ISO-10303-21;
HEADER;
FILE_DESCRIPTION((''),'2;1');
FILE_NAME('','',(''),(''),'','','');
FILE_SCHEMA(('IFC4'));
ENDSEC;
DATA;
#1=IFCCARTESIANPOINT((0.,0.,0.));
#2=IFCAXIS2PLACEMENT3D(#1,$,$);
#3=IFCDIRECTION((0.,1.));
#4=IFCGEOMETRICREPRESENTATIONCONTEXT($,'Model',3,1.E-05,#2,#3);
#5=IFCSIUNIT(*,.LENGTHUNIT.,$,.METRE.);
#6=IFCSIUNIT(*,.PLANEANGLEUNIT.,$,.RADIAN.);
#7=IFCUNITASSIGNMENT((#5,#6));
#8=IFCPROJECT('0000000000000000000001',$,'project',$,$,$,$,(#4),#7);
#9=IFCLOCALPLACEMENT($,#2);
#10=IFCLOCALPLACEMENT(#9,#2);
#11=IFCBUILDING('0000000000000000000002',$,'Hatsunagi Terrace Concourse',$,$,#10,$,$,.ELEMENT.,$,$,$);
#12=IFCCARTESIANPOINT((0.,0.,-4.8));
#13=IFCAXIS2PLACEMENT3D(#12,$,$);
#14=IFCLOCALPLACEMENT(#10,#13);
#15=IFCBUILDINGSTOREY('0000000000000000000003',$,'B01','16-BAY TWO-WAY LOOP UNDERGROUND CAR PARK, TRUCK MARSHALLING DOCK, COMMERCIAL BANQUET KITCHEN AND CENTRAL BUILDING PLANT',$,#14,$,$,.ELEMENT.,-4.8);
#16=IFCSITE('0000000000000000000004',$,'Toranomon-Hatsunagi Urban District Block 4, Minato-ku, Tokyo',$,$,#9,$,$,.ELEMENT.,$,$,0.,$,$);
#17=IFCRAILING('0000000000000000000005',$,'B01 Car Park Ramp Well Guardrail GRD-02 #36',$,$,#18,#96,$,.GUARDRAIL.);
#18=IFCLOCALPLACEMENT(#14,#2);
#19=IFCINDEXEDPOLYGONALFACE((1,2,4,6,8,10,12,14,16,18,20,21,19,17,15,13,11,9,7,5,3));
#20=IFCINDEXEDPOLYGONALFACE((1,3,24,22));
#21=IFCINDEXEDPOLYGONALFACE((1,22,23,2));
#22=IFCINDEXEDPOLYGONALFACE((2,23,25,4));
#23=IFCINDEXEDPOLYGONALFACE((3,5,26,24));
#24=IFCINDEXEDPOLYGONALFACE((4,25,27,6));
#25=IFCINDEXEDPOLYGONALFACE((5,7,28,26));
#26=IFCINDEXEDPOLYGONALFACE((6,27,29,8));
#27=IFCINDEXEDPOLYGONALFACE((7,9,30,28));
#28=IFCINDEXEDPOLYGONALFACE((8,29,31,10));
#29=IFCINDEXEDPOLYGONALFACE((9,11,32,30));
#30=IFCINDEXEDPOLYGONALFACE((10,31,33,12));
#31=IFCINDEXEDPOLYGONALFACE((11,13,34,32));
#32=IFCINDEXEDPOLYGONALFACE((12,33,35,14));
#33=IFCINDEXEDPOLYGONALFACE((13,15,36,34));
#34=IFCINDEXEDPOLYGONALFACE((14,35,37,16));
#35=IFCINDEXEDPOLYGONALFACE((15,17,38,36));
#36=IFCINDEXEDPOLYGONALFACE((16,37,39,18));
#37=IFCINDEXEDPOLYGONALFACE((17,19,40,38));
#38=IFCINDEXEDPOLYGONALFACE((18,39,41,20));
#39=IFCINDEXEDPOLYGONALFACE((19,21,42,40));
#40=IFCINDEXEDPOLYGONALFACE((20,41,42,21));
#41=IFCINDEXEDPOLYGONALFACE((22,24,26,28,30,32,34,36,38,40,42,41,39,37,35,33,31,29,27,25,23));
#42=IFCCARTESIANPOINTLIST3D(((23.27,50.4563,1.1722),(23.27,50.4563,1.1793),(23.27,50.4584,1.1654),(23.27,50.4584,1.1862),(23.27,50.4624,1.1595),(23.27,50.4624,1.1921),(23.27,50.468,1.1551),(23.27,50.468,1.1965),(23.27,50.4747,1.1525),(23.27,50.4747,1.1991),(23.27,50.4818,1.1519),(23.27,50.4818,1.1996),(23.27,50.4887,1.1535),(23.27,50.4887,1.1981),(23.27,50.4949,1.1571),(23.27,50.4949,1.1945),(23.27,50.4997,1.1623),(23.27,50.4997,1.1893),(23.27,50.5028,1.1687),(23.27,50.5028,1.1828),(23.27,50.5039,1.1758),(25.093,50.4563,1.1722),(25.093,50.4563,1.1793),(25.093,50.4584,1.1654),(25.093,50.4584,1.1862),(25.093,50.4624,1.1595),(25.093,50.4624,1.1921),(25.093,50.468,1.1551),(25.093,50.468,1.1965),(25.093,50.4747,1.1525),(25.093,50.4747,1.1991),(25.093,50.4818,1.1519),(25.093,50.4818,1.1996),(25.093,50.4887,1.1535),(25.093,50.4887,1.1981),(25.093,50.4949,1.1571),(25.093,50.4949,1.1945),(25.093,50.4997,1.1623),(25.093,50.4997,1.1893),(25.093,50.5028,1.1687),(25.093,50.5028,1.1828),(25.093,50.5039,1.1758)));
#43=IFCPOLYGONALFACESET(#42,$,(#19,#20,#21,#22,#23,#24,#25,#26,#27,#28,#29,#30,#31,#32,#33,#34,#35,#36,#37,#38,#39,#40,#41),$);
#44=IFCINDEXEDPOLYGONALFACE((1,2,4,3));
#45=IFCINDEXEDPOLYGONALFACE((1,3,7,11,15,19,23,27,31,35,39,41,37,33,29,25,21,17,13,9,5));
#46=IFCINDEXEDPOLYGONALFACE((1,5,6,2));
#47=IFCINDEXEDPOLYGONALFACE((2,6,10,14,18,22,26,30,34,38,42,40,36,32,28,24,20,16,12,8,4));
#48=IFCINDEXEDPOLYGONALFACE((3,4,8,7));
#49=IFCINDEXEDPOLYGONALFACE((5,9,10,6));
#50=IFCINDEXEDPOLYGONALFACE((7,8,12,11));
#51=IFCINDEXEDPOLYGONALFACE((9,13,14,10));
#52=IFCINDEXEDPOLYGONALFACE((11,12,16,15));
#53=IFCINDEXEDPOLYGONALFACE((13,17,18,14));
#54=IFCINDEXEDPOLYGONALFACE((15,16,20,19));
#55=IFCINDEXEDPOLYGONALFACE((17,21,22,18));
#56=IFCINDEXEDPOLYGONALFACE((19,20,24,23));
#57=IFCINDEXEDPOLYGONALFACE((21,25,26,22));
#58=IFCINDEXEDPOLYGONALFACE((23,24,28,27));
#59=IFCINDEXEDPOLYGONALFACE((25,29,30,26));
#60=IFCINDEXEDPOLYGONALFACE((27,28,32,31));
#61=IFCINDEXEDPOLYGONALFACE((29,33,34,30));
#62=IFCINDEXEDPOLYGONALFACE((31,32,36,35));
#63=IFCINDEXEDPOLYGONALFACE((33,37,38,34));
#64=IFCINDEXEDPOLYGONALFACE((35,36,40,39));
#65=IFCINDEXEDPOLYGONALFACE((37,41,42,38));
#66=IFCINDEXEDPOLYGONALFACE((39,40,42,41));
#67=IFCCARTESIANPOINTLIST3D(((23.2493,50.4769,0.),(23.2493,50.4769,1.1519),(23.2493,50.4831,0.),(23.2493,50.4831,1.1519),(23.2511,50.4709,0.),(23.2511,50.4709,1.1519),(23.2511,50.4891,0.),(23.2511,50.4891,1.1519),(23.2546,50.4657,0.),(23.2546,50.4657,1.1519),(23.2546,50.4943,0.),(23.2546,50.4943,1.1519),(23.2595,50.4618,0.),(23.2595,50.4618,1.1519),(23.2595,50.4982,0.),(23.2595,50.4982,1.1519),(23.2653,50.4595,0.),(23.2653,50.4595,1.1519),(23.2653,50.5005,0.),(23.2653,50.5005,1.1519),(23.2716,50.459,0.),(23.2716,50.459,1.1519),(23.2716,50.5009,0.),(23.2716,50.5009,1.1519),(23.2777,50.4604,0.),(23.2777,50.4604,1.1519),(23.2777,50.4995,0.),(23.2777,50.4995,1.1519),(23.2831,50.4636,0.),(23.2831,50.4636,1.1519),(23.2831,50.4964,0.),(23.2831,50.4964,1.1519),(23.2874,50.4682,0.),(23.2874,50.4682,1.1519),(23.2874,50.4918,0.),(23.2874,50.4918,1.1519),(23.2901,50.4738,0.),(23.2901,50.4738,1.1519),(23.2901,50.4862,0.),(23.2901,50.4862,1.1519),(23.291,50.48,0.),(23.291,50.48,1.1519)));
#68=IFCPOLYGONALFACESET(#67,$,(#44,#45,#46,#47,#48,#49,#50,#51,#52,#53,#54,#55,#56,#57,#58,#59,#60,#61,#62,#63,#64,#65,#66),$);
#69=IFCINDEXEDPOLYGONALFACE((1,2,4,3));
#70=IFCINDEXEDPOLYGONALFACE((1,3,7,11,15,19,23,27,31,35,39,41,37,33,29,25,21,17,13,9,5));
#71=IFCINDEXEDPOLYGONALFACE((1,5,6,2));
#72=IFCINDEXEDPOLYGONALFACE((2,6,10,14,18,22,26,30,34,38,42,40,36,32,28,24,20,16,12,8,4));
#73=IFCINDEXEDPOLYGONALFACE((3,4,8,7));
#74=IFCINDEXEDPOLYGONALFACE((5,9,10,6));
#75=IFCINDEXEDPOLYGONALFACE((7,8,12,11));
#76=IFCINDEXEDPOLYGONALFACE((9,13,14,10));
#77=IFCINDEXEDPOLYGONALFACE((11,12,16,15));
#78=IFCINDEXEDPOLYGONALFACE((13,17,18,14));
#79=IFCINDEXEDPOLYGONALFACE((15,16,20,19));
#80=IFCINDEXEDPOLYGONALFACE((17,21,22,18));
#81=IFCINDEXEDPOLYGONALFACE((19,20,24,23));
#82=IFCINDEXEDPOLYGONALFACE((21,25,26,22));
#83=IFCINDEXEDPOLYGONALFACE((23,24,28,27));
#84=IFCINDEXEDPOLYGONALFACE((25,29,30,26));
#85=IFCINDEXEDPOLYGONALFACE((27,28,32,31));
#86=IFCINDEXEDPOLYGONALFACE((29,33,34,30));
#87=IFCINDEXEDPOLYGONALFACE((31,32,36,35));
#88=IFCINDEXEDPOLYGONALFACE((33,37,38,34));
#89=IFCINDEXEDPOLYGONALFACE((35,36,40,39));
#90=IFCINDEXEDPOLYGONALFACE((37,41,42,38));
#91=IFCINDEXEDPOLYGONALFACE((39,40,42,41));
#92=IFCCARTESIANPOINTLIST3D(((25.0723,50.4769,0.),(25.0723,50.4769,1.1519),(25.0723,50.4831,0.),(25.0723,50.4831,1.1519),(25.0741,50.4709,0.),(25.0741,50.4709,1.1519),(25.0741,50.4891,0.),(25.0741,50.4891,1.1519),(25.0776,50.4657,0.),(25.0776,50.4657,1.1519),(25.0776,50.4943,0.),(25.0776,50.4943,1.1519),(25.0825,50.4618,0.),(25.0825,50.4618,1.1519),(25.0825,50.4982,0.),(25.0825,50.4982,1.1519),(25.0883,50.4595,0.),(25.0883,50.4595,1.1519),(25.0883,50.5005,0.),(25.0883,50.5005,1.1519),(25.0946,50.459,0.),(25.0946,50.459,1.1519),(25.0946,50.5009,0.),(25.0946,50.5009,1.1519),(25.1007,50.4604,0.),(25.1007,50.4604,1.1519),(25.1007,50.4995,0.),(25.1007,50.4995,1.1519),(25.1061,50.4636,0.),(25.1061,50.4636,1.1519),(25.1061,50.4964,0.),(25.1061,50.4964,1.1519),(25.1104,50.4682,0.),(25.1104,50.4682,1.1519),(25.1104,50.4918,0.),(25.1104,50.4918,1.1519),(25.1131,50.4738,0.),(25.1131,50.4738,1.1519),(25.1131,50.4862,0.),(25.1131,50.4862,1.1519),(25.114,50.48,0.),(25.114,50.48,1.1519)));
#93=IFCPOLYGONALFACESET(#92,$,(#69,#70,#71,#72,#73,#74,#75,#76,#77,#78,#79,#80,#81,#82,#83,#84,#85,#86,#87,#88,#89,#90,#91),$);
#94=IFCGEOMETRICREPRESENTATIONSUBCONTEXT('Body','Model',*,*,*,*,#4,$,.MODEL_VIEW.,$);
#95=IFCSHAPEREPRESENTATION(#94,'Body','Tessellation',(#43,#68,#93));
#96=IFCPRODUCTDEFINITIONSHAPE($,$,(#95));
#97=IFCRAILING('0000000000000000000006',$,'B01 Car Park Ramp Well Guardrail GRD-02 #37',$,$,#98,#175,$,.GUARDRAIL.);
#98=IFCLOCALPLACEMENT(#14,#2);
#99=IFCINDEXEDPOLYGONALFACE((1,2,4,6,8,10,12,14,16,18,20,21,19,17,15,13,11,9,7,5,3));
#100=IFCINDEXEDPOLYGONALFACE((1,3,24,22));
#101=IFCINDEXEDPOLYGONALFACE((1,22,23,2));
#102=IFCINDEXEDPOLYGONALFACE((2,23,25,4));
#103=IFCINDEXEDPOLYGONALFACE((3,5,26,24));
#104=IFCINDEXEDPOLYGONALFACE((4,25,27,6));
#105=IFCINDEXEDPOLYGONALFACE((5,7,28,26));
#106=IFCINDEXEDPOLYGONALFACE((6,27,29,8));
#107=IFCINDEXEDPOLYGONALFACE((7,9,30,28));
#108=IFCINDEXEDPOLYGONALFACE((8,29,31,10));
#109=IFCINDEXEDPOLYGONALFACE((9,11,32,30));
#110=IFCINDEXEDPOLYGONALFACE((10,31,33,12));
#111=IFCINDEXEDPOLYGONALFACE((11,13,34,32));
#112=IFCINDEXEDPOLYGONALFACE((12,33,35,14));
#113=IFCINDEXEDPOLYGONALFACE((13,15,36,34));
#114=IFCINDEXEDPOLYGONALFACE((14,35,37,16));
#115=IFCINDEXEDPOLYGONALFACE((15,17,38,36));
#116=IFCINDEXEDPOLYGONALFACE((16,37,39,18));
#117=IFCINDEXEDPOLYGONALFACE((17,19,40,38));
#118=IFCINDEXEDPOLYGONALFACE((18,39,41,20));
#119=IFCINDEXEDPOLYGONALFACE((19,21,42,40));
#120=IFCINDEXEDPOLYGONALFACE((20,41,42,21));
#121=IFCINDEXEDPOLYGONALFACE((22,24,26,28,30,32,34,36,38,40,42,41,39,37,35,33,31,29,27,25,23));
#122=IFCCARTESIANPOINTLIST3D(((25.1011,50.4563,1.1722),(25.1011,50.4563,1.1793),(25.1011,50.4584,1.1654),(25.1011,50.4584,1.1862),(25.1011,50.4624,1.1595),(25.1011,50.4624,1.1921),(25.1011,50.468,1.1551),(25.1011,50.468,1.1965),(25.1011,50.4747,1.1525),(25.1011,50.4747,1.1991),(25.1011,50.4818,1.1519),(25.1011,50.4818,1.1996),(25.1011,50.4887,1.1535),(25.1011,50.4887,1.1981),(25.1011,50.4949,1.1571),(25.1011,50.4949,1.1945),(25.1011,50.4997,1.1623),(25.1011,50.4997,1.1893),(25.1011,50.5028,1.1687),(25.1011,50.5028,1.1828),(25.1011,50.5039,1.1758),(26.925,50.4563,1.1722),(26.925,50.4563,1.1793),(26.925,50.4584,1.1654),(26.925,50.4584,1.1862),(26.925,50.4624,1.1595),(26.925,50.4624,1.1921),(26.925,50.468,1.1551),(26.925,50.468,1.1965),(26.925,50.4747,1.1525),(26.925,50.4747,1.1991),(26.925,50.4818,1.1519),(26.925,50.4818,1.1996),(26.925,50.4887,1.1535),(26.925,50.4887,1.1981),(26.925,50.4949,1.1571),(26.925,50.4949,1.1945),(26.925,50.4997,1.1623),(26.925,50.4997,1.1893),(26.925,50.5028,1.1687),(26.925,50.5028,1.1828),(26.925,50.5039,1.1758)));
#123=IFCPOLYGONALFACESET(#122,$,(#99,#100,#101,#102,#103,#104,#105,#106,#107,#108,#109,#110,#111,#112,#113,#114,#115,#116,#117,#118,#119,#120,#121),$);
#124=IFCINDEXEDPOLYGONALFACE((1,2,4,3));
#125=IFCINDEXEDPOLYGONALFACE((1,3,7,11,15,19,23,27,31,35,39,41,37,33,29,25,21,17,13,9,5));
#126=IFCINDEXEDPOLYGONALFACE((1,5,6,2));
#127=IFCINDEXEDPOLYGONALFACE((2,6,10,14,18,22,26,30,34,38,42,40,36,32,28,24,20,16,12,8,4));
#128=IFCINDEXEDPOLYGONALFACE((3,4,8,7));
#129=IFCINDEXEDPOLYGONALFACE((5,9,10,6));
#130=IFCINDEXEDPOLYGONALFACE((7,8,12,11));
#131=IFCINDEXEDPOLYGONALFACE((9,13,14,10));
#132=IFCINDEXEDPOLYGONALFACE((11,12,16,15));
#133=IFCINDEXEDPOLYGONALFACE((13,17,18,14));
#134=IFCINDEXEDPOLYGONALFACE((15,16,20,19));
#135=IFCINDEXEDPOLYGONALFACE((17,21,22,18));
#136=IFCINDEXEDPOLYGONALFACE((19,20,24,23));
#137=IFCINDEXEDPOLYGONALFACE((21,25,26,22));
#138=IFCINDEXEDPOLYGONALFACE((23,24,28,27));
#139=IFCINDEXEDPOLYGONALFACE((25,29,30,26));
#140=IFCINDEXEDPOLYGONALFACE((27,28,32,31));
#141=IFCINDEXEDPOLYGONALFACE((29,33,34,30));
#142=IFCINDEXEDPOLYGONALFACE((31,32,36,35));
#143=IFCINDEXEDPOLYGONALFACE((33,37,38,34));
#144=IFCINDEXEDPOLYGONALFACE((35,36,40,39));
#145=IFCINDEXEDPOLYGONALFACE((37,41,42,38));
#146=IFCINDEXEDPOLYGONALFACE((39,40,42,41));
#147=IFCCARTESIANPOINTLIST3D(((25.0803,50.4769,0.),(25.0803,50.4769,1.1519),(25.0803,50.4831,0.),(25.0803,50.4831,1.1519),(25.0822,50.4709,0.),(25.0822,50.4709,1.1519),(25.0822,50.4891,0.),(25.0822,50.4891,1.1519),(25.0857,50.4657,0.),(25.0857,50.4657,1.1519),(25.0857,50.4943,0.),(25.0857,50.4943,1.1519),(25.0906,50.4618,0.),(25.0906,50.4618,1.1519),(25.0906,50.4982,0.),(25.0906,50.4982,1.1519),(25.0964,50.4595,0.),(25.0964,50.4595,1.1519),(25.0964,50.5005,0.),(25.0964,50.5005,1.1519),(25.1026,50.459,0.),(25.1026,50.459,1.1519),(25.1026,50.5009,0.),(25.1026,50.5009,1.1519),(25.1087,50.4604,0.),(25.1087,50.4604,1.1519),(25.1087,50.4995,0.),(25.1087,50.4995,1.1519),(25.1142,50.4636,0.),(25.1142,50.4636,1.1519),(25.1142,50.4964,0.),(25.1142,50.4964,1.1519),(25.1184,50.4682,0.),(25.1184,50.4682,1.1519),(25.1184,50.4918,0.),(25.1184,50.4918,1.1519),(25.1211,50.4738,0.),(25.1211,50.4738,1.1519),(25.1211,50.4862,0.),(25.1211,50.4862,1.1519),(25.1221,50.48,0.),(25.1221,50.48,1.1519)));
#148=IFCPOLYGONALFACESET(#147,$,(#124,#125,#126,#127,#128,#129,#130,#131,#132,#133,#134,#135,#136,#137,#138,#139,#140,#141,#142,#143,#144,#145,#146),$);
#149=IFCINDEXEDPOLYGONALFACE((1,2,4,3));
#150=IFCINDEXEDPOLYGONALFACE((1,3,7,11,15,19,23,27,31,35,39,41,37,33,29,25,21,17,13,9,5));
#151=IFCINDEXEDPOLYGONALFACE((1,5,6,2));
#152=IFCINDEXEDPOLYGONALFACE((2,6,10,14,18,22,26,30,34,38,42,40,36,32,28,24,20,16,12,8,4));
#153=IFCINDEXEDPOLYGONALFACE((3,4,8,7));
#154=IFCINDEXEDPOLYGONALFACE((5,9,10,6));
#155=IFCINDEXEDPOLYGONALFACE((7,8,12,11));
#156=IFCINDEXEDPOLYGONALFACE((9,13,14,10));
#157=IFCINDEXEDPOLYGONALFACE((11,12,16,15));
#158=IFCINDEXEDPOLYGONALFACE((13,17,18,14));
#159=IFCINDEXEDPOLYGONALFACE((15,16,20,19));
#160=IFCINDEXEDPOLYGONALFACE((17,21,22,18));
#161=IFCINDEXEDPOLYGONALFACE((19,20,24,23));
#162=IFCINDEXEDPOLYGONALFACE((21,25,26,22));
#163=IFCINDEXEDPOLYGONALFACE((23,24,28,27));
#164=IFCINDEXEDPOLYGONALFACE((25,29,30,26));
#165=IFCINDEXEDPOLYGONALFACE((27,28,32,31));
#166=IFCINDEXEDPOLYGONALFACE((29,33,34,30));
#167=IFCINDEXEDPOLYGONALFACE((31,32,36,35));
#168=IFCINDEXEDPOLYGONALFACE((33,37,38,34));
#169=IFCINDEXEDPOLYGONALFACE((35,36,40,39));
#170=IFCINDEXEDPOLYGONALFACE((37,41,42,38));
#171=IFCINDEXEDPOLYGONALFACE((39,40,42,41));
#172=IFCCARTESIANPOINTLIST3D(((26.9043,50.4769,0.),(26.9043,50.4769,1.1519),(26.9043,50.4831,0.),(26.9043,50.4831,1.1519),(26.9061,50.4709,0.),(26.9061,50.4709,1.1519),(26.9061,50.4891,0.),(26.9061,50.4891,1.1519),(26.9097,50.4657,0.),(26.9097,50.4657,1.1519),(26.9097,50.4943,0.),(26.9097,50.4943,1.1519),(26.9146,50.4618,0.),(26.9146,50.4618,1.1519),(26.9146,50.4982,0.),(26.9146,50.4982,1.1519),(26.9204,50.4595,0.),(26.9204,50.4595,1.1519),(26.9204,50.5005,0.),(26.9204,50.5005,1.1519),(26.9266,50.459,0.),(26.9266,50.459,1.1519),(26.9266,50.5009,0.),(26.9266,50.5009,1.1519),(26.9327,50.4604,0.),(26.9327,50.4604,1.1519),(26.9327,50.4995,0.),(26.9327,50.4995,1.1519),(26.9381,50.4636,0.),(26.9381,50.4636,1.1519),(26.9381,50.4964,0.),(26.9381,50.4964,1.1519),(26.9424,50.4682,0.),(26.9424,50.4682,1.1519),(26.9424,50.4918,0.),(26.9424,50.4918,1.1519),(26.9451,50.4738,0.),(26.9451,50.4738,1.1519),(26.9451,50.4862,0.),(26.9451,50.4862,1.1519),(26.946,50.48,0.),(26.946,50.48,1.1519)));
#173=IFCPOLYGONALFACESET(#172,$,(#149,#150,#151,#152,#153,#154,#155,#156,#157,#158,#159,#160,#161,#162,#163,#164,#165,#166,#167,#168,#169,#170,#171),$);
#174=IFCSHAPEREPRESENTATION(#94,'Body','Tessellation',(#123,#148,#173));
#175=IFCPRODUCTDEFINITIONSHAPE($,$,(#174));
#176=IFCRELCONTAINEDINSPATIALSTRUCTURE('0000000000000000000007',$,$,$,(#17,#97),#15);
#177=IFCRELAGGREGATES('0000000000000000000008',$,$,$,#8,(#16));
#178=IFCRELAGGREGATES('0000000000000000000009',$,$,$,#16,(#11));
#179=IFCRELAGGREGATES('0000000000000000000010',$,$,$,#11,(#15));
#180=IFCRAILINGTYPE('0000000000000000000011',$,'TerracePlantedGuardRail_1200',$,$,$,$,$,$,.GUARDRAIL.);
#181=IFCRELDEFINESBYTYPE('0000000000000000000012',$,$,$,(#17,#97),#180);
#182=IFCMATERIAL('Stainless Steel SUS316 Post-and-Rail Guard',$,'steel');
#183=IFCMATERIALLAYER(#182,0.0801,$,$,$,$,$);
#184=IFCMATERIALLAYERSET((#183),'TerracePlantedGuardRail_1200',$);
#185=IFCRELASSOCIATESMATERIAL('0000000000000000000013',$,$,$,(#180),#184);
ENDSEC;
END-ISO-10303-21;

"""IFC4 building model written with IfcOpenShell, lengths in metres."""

from ifc_helpers import new_model, si_unit, direction, frame, origin, origin_2d, place, context, subcontext, project, spatial, circle, extrude, material, layer, layer_set, type_object, element, save


model = new_model("IFC4")

# Units and contexts
model_context = context("Model", 3, precision=1e-05, world=origin(), true_north=direction((0.0, 1.0)))
body_context = subcontext(model_context, "Body", "Model", "MODEL_VIEW")
ifc_project = project(units=[si_unit("LENGTHUNIT", "METRE"), si_unit("PLANEANGLEUNIT", "RADIAN")], contexts=[model_context])

# Site, building, storey
site_placement = place(None, origin())
site = spatial("IfcSite", under=ifc_project, at=site_placement, Name="Toranomon-Hatsunagi Urban District Block 4, Minato-ku, Tokyo", CompositionType="ELEMENT", RefElevation=0.0)
building_placement = place(site_placement, origin())
building = spatial("IfcBuilding", under=site, at=building_placement, Name="Hatsunagi Terrace Concourse", CompositionType="ELEMENT")
storey_placement = place(building_placement, frame((0.0, 0.0, -4.8)))
storey = spatial("IfcBuildingStorey", under=building, at=storey_placement, Name="B01", Description="16-BAY TWO-WAY LOOP UNDERGROUND CAR PARK, TRUCK MARSHALLING DOCK, COMMERCIAL BANQUET KITCHEN AND CENTRAL BUILDING PLANT", CompositionType="ELEMENT", Elevation=-4.8)

# Railings
ifc_material_1 = material(Name="Stainless Steel SUS316 Post-and-Rail Guard", Category="steel")
ifc_layer_1 = layer(ifc_material_1, 0.0801)
ifc_layer_set_1 = layer_set([ifc_layer_1], Name="TerracePlantedGuardRail_1200")
railing_type = type_object("IfcRailingType", Name="TerracePlantedGuardRail_1200", PredefinedType="GUARDRAIL", material=ifc_layer_set_1)
railing_1_placement = place(storey_placement, frame((23.27, 50.48, 0.0)))
element("IfcRailing", 1, at=railing_1_placement, inside=storey, type_object=railing_type, Name="B01 Car Park Ramp Well Guardrail GRD-02 #36", PredefinedType="GUARDRAIL", context=body_context, shape_type="SweptSolid", body=[
    extrude(circle(Radius=0.0239, at=origin_2d()), frame((0.0, 0.0, 1.1758), z_axis=(1.0, 0.0, 0.0), x_axis=(0.0, 1.0, 0.0)), (0.0, 0.0, 1.0), 1.823),
    extrude(circle(Radius=0.021, at=origin_2d()), origin(), (0.0, 0.0, 1.0), 1.1519),
    extrude(circle(Radius=0.021, at=origin_2d()), frame((1.823, 0.0, 0.0)), (0.0, 0.0, 1.0), 1.1519),
])
railing_2_placement = place(storey_placement, frame((25.1011, 50.48, 0.0)))
element("IfcRailing", 2, at=railing_2_placement, inside=storey, type_object=railing_type, Name="B01 Car Park Ramp Well Guardrail GRD-02 #37", PredefinedType="GUARDRAIL", context=body_context, shape_type="SweptSolid", body=[
    extrude(circle(Radius=0.0239, at=origin_2d()), frame((0.0, 0.0, 1.1758), z_axis=(1.0, 0.0, 0.0), x_axis=(0.0, 1.0, 0.0)), (0.0, 0.0, 1.0), 1.824),
    extrude(circle(Radius=0.021, at=origin_2d()), origin(), (0.0, 0.0, 1.0), 1.1519),
    extrude(circle(Radius=0.021, at=origin_2d()), frame((1.824, 0.0, 0.0)), (0.0, 0.0, 1.0), 1.1519),
])

save(model, "model.ifc")
